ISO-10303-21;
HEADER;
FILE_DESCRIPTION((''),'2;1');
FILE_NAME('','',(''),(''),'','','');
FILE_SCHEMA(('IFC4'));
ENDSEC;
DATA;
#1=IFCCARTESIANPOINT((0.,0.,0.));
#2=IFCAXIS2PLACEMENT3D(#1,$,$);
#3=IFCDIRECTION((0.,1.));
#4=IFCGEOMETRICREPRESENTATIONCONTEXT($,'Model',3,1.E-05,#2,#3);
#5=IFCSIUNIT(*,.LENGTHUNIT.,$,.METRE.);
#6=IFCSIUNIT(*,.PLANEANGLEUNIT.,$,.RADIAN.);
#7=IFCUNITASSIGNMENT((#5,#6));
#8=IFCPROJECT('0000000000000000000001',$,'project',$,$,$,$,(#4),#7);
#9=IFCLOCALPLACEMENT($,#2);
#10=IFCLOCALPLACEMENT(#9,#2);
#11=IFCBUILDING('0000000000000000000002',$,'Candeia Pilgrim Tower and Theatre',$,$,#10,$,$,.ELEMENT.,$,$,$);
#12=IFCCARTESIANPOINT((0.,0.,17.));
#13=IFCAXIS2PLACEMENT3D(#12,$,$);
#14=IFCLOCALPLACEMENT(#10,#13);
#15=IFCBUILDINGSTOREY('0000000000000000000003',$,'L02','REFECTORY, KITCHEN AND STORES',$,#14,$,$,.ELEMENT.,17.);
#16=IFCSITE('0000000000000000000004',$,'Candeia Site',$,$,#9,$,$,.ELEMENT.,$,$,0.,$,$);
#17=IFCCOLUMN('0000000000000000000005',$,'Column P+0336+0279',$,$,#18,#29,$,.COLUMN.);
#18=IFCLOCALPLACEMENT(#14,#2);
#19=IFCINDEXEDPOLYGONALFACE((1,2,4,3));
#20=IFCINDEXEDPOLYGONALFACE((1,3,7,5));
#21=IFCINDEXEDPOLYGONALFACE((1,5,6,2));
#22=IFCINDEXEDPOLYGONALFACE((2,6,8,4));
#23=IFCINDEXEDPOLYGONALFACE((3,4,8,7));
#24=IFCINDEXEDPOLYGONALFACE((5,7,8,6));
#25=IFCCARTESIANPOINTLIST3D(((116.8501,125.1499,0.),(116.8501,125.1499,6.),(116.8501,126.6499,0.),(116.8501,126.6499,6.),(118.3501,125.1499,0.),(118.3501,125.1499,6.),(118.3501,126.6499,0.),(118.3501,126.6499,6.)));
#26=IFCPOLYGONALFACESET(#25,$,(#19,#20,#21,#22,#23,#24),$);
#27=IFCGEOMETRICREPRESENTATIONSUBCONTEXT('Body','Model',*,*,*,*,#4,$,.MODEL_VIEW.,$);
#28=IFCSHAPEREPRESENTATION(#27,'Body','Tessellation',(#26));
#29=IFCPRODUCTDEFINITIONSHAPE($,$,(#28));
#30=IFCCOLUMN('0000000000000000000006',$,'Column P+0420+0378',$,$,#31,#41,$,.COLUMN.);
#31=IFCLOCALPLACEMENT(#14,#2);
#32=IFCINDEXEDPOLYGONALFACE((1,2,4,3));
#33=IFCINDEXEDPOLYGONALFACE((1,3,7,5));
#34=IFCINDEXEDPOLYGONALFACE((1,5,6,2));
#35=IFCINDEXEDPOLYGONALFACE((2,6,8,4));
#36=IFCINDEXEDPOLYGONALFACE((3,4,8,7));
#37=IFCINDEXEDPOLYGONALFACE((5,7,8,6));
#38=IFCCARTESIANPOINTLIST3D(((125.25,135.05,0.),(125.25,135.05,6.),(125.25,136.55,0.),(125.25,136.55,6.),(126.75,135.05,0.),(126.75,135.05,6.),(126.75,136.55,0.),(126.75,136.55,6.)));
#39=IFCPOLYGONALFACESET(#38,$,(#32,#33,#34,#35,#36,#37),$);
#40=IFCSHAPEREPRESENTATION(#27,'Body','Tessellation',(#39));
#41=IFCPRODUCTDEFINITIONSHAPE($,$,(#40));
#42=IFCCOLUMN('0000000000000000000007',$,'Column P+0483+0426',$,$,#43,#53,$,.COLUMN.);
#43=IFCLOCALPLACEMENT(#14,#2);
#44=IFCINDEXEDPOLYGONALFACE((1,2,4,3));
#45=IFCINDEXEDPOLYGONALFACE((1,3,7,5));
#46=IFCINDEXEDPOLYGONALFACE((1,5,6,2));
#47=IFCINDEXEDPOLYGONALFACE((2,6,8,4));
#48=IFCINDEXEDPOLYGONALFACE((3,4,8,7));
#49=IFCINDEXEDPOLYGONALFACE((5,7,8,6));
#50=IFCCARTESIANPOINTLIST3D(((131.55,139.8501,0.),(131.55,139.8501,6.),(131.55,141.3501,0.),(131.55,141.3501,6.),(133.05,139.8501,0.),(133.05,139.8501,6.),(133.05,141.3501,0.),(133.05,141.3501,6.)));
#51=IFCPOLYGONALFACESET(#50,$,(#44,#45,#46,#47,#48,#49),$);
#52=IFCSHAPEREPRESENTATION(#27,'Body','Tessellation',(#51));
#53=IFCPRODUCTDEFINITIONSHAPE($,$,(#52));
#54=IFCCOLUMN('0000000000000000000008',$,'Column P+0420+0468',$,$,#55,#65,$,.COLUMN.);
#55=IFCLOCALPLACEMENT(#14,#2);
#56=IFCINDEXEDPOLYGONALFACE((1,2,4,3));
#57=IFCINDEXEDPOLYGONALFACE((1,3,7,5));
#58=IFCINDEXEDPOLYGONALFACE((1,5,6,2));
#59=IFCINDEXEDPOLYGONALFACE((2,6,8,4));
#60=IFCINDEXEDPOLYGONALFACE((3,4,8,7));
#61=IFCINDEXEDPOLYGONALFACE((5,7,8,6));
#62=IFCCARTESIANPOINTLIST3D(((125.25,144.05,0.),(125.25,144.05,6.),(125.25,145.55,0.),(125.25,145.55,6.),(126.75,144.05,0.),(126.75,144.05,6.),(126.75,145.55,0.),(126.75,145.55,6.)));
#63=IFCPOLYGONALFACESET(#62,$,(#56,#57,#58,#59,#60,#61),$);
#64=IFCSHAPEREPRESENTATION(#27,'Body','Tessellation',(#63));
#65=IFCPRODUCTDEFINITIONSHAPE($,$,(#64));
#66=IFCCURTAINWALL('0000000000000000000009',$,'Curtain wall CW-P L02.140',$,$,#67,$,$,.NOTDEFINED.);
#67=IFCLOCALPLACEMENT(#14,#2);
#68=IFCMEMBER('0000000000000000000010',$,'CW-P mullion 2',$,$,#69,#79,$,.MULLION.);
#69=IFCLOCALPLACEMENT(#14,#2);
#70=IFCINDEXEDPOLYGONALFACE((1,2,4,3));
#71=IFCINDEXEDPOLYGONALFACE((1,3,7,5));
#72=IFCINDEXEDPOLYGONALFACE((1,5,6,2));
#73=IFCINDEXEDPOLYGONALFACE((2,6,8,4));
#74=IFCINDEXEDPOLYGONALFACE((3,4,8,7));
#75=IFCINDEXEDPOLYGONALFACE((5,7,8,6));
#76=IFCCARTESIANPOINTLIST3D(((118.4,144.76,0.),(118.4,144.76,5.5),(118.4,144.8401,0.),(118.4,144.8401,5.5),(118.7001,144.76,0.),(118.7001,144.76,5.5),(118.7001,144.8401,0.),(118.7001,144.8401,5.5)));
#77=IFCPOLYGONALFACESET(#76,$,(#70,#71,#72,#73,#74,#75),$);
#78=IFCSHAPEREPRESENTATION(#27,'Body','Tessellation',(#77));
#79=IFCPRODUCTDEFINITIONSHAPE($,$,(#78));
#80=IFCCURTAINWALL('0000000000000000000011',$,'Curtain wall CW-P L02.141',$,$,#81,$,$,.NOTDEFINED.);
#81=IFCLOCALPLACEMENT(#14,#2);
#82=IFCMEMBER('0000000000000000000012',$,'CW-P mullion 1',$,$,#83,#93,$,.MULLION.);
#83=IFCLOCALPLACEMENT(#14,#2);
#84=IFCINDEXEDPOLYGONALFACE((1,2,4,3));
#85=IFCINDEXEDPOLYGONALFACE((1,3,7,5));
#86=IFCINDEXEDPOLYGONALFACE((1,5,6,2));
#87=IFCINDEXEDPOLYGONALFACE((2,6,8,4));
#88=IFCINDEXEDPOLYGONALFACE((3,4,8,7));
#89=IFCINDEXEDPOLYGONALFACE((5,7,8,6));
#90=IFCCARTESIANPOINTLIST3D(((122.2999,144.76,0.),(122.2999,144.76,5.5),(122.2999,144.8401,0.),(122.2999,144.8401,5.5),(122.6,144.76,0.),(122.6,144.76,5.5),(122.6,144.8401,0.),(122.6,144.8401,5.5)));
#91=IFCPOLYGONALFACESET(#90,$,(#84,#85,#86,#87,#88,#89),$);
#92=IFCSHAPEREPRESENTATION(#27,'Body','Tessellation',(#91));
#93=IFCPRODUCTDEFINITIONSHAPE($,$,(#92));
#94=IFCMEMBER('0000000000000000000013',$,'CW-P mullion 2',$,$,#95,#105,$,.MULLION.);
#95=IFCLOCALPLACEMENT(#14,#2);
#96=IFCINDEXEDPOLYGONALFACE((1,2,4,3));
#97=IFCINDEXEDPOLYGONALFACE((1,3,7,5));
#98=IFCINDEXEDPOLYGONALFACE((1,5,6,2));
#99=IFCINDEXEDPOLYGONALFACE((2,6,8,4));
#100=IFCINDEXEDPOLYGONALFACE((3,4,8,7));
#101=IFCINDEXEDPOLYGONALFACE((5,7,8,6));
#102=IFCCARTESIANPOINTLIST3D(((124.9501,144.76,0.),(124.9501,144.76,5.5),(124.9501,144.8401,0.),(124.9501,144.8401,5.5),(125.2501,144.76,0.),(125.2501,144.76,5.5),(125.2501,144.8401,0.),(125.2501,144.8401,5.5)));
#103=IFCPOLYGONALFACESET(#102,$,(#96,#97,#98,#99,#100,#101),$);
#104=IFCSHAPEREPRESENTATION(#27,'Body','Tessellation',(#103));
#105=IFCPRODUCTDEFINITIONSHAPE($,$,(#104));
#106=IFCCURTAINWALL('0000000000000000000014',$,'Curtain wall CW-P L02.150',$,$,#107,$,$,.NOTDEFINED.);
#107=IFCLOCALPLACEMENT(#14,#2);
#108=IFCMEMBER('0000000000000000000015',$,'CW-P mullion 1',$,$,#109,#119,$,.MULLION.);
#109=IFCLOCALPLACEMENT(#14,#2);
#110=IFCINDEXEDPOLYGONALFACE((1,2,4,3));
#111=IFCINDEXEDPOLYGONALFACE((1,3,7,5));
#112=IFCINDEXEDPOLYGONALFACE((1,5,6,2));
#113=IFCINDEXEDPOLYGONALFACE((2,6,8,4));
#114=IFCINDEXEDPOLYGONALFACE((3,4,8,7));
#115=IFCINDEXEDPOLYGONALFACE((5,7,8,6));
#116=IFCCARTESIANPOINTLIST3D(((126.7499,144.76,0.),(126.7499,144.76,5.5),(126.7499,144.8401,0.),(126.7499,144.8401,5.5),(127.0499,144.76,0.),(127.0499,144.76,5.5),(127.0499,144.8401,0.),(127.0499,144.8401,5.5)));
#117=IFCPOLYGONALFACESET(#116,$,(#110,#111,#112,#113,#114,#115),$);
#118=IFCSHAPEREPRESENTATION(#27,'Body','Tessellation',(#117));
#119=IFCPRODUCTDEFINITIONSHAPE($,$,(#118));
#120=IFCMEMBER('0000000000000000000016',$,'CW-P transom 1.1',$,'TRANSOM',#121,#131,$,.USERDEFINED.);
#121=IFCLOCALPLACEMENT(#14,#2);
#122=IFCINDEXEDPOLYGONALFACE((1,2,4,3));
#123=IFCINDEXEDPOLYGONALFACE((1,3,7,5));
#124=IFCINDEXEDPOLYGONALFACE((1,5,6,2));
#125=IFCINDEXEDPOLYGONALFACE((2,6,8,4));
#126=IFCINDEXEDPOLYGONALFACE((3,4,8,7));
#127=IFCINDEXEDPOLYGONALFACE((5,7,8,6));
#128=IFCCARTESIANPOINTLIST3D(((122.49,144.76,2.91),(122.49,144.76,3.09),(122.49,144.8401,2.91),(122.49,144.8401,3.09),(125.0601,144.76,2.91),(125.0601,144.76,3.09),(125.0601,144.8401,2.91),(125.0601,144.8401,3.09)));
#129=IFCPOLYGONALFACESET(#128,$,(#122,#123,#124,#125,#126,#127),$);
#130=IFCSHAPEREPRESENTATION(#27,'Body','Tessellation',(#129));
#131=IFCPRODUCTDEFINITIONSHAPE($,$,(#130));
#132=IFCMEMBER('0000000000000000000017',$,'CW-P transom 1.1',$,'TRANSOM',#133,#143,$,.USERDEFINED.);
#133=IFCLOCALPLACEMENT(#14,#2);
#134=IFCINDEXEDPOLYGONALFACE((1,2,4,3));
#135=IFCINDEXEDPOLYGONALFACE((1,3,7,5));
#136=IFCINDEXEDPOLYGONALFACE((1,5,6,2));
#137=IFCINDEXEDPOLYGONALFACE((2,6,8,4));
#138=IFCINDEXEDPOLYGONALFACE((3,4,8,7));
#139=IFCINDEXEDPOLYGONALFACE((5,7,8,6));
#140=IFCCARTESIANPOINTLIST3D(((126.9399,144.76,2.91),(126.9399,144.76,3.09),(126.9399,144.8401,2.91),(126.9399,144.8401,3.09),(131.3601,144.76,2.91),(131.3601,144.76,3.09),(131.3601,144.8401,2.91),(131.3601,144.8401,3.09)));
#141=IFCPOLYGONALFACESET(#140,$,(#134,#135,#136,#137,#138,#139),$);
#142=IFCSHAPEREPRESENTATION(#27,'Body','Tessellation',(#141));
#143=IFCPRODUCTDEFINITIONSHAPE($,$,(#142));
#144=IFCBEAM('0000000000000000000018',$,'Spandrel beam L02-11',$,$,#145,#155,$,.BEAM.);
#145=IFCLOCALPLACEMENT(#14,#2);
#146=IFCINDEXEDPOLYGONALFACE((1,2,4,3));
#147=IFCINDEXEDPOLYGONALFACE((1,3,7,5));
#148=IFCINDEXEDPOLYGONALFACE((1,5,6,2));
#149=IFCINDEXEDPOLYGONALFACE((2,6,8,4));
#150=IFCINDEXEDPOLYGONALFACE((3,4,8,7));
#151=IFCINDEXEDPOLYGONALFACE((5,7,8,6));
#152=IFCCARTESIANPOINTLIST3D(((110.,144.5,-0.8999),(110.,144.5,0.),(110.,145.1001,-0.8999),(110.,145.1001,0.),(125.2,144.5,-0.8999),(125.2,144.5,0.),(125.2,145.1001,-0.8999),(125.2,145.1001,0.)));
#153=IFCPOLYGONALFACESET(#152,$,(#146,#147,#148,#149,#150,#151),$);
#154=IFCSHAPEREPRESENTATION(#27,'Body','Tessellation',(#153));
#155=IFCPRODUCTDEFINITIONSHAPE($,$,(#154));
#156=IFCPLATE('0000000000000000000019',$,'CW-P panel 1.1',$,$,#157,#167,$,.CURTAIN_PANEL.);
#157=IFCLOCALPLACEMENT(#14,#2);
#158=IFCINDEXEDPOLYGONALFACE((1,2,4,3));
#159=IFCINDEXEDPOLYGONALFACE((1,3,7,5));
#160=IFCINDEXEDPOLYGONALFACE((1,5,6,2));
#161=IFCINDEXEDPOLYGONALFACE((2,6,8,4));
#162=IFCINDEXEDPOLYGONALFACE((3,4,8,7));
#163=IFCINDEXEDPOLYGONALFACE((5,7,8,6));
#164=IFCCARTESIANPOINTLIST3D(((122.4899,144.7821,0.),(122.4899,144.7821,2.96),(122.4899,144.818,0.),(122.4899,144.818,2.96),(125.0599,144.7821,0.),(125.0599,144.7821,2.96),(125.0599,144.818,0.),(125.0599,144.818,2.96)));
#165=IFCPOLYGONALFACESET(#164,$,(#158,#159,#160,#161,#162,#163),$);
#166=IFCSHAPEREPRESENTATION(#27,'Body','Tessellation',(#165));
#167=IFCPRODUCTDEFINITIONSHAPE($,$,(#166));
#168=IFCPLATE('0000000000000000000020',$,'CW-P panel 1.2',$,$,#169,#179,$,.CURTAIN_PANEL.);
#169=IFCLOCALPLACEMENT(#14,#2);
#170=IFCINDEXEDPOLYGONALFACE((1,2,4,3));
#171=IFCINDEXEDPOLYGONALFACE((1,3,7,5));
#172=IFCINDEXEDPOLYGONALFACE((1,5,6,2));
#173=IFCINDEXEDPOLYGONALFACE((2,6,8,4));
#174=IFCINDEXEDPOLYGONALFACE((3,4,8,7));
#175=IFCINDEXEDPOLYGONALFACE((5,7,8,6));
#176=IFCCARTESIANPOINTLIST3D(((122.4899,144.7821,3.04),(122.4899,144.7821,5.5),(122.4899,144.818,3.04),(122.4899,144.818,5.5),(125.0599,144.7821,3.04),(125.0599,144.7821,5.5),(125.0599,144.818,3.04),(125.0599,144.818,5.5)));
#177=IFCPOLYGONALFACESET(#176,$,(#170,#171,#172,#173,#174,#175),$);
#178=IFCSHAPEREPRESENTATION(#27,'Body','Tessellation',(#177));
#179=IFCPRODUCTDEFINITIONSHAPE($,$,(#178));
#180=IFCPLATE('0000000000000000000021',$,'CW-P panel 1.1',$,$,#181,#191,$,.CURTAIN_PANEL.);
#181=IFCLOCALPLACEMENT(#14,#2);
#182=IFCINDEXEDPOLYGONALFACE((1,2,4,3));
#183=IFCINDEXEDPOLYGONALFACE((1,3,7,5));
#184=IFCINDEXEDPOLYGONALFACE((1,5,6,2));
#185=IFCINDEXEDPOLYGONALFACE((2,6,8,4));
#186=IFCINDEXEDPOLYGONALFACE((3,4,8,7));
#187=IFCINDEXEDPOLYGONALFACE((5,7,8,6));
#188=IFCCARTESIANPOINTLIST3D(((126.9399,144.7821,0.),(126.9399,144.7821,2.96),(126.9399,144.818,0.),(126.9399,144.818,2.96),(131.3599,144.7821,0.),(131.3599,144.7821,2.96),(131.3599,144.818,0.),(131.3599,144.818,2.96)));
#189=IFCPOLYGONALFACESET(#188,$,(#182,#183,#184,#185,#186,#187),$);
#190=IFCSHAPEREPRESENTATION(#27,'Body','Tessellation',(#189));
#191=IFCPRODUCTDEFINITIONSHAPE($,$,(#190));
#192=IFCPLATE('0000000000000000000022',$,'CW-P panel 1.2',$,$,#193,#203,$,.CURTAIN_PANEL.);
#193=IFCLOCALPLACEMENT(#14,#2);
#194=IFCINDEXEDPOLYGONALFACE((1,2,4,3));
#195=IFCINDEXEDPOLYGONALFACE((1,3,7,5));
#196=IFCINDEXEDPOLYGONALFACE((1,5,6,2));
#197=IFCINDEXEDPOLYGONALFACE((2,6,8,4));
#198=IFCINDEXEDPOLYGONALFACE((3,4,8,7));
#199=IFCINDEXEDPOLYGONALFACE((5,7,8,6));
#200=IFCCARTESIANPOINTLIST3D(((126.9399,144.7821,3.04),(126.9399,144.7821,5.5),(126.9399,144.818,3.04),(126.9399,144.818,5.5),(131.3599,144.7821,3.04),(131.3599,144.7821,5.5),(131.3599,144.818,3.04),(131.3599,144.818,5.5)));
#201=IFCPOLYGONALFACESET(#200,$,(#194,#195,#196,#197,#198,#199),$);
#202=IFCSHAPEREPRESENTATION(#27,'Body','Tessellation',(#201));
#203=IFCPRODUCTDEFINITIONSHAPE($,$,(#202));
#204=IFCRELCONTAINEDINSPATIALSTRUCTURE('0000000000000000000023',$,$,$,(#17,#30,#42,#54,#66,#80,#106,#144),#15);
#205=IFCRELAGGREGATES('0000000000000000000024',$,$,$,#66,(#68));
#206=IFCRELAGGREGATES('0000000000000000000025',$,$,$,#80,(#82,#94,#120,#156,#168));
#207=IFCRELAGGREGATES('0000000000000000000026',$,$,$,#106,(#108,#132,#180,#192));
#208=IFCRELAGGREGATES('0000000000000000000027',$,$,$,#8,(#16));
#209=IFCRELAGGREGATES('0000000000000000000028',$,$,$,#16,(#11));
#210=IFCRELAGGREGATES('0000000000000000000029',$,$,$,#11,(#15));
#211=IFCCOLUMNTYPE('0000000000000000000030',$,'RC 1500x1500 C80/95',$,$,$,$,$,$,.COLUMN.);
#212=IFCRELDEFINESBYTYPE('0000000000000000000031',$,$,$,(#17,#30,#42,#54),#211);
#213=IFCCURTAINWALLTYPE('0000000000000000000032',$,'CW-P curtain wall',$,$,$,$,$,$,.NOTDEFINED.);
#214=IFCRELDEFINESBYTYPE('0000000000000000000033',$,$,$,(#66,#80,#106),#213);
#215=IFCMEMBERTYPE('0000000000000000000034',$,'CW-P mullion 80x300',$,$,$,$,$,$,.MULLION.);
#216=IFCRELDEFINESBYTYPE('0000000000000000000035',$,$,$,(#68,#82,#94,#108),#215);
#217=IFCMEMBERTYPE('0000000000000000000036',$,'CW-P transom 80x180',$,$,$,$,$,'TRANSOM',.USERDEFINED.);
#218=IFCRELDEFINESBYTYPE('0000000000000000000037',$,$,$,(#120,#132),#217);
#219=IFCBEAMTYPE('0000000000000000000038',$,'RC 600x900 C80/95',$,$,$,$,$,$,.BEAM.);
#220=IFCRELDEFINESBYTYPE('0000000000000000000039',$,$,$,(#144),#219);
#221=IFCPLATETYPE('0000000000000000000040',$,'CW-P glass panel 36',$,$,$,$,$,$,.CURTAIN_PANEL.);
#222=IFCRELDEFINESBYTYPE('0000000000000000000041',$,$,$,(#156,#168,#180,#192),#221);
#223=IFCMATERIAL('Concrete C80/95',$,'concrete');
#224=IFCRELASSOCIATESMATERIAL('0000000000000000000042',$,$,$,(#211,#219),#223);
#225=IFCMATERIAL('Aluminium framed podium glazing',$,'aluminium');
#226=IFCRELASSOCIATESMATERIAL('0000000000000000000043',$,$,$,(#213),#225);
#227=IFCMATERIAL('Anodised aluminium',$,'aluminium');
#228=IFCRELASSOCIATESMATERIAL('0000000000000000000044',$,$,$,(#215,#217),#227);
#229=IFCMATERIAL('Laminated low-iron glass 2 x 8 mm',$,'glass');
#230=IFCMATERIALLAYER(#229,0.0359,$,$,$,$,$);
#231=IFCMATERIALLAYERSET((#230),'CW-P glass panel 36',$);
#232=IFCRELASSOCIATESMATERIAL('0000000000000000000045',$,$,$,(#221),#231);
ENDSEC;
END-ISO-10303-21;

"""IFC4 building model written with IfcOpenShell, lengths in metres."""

from ifc_helpers import new_model, si_unit, direction, frame, origin, origin_2d, place, context, subcontext, project, spatial, rectangle, extrude, material, layer, layer_set, material_profile, profile_set, type_object, element, aggregate, save


model = new_model("IFC4")

# Units and contexts
model_context = context("Model", 3, precision=1e-05, world=origin(), true_north=direction((0.0, 1.0)))
body_context = subcontext(model_context, "Body", "Model", "MODEL_VIEW")
ifc_project = project(units=[si_unit("LENGTHUNIT", "METRE"), si_unit("PLANEANGLEUNIT", "RADIAN")], contexts=[model_context])

# Site, building, storey
site_placement = place(None, origin())
site = spatial("IfcSite", under=ifc_project, at=site_placement, Name="Candeia Site", CompositionType="ELEMENT", RefElevation=0.0)
building_placement = place(site_placement, origin())
building = spatial("IfcBuilding", under=site, at=building_placement, Name="Candeia Pilgrim Tower and Theatre", CompositionType="ELEMENT")
storey_placement = place(building_placement, frame((0.0, 0.0, 17.0)))
storey = spatial("IfcBuildingStorey", under=building, at=storey_placement, Name="L02", Description="REFECTORY, KITCHEN AND STORES", CompositionType="ELEMENT", Elevation=17.0)

# Columns
ifc_material_1 = material(Name="Concrete C80/95", Category="concrete")
ifc_material_profile_1 = material_profile(ifc_material_1, rectangle(XDim=1.5, YDim=1.5, at=origin_2d()))
ifc_profile_set_1 = profile_set([ifc_material_profile_1], Name="Concrete C80/95")
column_type = type_object("IfcColumnType", Name="RC 1500x1500 C80/95", PredefinedType="COLUMN", material=ifc_profile_set_1)
for number, where, z_axis, x_axis, name in (
    (1, (117.6001, 125.8999, 0.0), (0.0, 0.0, 1.0), (1.0, 0.0, 0.0), "Column P+0336+0279"),
    (2, (126.0, 135.8, 0.0), (0.0, 0.0, 1.0), (1.0, 0.0, 0.0), "Column P+0420+0378"),
    (3, (132.3, 140.6001, 0.0), (0.0, 0.0, 1.0), (1.0, 0.0, 0.0), "Column P+0483+0426"),
    (4, (126.0, 144.8, 0.0), (0.0, 0.0, 1.0), (1.0, 0.0, 0.0), "Column P+0420+0468"),
):
    element("IfcColumn", number, at=place(storey_placement, frame(where, z_axis=z_axis, x_axis=x_axis)), inside=storey, type_object=column_type, Name=name, PredefinedType="COLUMN", context=body_context, shape_type="SweptSolid", body=[
        extrude(rectangle(XDim=1.5, YDim=1.5, at=origin_2d()), origin(), (0.0, 0.0, 1.0), 6.0),
    ])

# Curtain wall, member
ifc_material_2 = material(Name="Aluminium framed podium glazing", Category="aluminium")
curtain_wall_type = type_object("IfcCurtainWallType", Name="CW-P curtain wall", PredefinedType="NOTDEFINED", material=ifc_material_2)
curtain_wall_1_placement = place(storey_placement, origin())
curtain_wall_1 = element("IfcCurtainWall", 5, at=curtain_wall_1_placement, inside=storey, type_object=curtain_wall_type, Name="Curtain wall CW-P L02.140", PredefinedType="NOTDEFINED")
ifc_material_3 = material(Name="Anodised aluminium", Category="aluminium")
ifc_material_profile_2 = material_profile(ifc_material_3, rectangle(XDim=0.0801, YDim=0.3, at=origin_2d()))
ifc_profile_set_2 = profile_set([ifc_material_profile_2], Name="Anodised aluminium")
member_type_1 = type_object("IfcMemberType", Name="CW-P mullion 80x300", PredefinedType="MULLION", material=ifc_profile_set_2)
member_1_placement = place(storey_placement, frame((118.55, 144.8, 0.0), z_axis=(0.0, 0.0, 1.0), x_axis=(0.0, 1.0, 0.0)))
member_1 = element("IfcMember", 6, at=member_1_placement, type_object=member_type_1, Name="CW-P mullion 2", PredefinedType="MULLION", context=body_context, shape_type="SweptSolid", body=[
    extrude(rectangle(XDim=0.0801, YDim=0.3, at=origin_2d()), origin(), (0.0, 0.0, 1.0), 5.5),
])
aggregate(curtain_wall_1, [member_1])

# Curtain wall, members
curtain_wall_2_placement = place(storey_placement, origin())
curtain_wall_2 = element("IfcCurtainWall", 7, at=curtain_wall_2_placement, inside=storey, type_object=curtain_wall_type, Name="Curtain wall CW-P L02.141", PredefinedType="NOTDEFINED")
member_2_placement = place(storey_placement, frame((122.45, 144.8, 0.0), z_axis=(0.0, 0.0, 1.0), x_axis=(0.0, 1.0, 0.0)))
member_2 = element("IfcMember", 8, at=member_2_placement, type_object=member_type_1, Name="CW-P mullion 1", PredefinedType="MULLION", context=body_context, shape_type="SweptSolid", body=[
    extrude(rectangle(XDim=0.0801, YDim=0.3, at=origin_2d()), origin(), (0.0, 0.0, 1.0), 5.5),
])
member_3_placement = place(storey_placement, frame((125.1001, 144.8, 0.0), z_axis=(0.0, 0.0, 1.0), x_axis=(0.0, 1.0, 0.0)))
member_3 = element("IfcMember", 9, at=member_3_placement, type_object=member_type_1, Name="CW-P mullion 2", PredefinedType="MULLION", context=body_context, shape_type="SweptSolid", body=[
    extrude(rectangle(XDim=0.0801, YDim=0.3, at=origin_2d()), origin(), (0.0, 0.0, 1.0), 5.5),
])

# Curtain wall, member
curtain_wall_3_placement = place(storey_placement, origin())
curtain_wall_3 = element("IfcCurtainWall", 10, at=curtain_wall_3_placement, inside=storey, type_object=curtain_wall_type, Name="Curtain wall CW-P L02.150", PredefinedType="NOTDEFINED")
member_4_placement = place(storey_placement, frame((126.8999, 144.8, 0.0), z_axis=(0.0, 0.0, 1.0), x_axis=(0.0, 1.0, 0.0)))
member_4 = element("IfcMember", 11, at=member_4_placement, type_object=member_type_1, Name="CW-P mullion 1", PredefinedType="MULLION", context=body_context, shape_type="SweptSolid", body=[
    extrude(rectangle(XDim=0.0801, YDim=0.3, at=origin_2d()), origin(), (0.0, 0.0, 1.0), 5.5),
])

# Members
ifc_material_profile_3 = material_profile(ifc_material_3, rectangle(XDim=0.0801, YDim=0.1799, at=origin_2d()))
ifc_profile_set_3 = profile_set([ifc_material_profile_3], Name="Anodised aluminium")
member_type_2 = type_object("IfcMemberType", Name="CW-P transom 80x180", ElementType="TRANSOM", PredefinedType="USERDEFINED", material=ifc_profile_set_3)
member_5_placement = place(storey_placement, frame((122.49, 144.8, 3.0), z_axis=(1.0, 0.0, 0.0), x_axis=(0.0, 1.0, 0.0)))
member_5 = element("IfcMember", 12, at=member_5_placement, type_object=member_type_2, Name="CW-P transom 1.1", ObjectType="TRANSOM", PredefinedType="USERDEFINED", context=body_context, shape_type="SweptSolid", body=[
    extrude(rectangle(XDim=0.0801, YDim=0.1799, at=origin_2d()), origin(), (0.0, 0.0, 1.0), 2.5701),
])
member_6_placement = place(storey_placement, frame((126.9399, 144.8, 3.0), z_axis=(1.0, 0.0, 0.0), x_axis=(0.0, 1.0, 0.0)))
member_6 = element("IfcMember", 13, at=member_6_placement, type_object=member_type_2, Name="CW-P transom 1.1", ObjectType="TRANSOM", PredefinedType="USERDEFINED", context=body_context, shape_type="SweptSolid", body=[
    extrude(rectangle(XDim=0.0801, YDim=0.1799, at=origin_2d()), origin(), (0.0, 0.0, 1.0), 4.4202),
])

# Beam
ifc_material_profile_4 = material_profile(ifc_material_1, rectangle(XDim=0.6001, YDim=0.8999, at=origin_2d()))
ifc_profile_set_4 = profile_set([ifc_material_profile_4], Name="Concrete C80/95")
beam_type = type_object("IfcBeamType", Name="RC 600x900 C80/95", PredefinedType="BEAM", material=ifc_profile_set_4)
beam_placement = place(storey_placement, frame((125.2, 144.8, -0.45), z_axis=(-1.0, 0.0, 0.0), x_axis=(0.0, -1.0, 0.0)))
element("IfcBeam", 14, at=beam_placement, inside=storey, type_object=beam_type, Name="Spandrel beam L02-11", PredefinedType="BEAM", context=body_context, shape_type="SweptSolid", body=[
    extrude(rectangle(XDim=0.6001, YDim=0.8999, at=origin_2d()), origin(), (0.0, 0.0, 1.0), 15.2),
])

# Plates
ifc_material_4 = material(Name="Laminated low-iron glass 2 x 8 mm", Category="glass")
ifc_layer_1 = layer(ifc_material_4, 0.0359)
ifc_layer_set_1 = layer_set([ifc_layer_1], Name="CW-P glass panel 36")
plate_type = type_object("IfcPlateType", Name="CW-P glass panel 36", PredefinedType="CURTAIN_PANEL", material=ifc_layer_set_1)
plate_1_placement = place(storey_placement, frame((123.7749, 144.8, 0.0), z_axis=(0.0, 0.0, 1.0), x_axis=(1.0, 0.0, 0.0)))
plate_1 = element("IfcPlate", 15, at=plate_1_placement, type_object=plate_type, Name="CW-P panel 1.1", PredefinedType="CURTAIN_PANEL", context=body_context, shape_type="SweptSolid", body=[
    extrude(rectangle(XDim=2.5701, YDim=0.0359, at=origin_2d()), origin(), (0.0, 0.0, 1.0), 2.96),
])
plate_2_placement = place(storey_placement, frame((123.7749, 144.8, 3.04), z_axis=(0.0, 0.0, 1.0), x_axis=(1.0, 0.0, 0.0)))
plate_2 = element("IfcPlate", 16, at=plate_2_placement, type_object=plate_type, Name="CW-P panel 1.2", PredefinedType="CURTAIN_PANEL", context=body_context, shape_type="SweptSolid", body=[
    extrude(rectangle(XDim=2.5701, YDim=0.0359, at=origin_2d()), origin(), (0.0, 0.0, 1.0), 2.46),
])
aggregate(curtain_wall_2, [member_2, member_3, member_5, plate_1, plate_2])
plate_3_placement = place(storey_placement, frame((129.1499, 144.8, 0.0), z_axis=(0.0, 0.0, 1.0), x_axis=(1.0, 0.0, 0.0)))
plate_3 = element("IfcPlate", 17, at=plate_3_placement, type_object=plate_type, Name="CW-P panel 1.1", PredefinedType="CURTAIN_PANEL", context=body_context, shape_type="SweptSolid", body=[
    extrude(rectangle(XDim=4.4199, YDim=0.0359, at=origin_2d()), origin(), (0.0, 0.0, 1.0), 2.96),
])
plate_4_placement = place(storey_placement, frame((129.1499, 144.8, 3.04), z_axis=(0.0, 0.0, 1.0), x_axis=(1.0, 0.0, 0.0)))
plate_4 = element("IfcPlate", 18, at=plate_4_placement, type_object=plate_type, Name="CW-P panel 1.2", PredefinedType="CURTAIN_PANEL", context=body_context, shape_type="SweptSolid", body=[
    extrude(rectangle(XDim=4.4199, YDim=0.0359, at=origin_2d()), origin(), (0.0, 0.0, 1.0), 2.46),
])
aggregate(curtain_wall_3, [member_4, member_6, plate_3, plate_4])

save(model, "model.ifc")
